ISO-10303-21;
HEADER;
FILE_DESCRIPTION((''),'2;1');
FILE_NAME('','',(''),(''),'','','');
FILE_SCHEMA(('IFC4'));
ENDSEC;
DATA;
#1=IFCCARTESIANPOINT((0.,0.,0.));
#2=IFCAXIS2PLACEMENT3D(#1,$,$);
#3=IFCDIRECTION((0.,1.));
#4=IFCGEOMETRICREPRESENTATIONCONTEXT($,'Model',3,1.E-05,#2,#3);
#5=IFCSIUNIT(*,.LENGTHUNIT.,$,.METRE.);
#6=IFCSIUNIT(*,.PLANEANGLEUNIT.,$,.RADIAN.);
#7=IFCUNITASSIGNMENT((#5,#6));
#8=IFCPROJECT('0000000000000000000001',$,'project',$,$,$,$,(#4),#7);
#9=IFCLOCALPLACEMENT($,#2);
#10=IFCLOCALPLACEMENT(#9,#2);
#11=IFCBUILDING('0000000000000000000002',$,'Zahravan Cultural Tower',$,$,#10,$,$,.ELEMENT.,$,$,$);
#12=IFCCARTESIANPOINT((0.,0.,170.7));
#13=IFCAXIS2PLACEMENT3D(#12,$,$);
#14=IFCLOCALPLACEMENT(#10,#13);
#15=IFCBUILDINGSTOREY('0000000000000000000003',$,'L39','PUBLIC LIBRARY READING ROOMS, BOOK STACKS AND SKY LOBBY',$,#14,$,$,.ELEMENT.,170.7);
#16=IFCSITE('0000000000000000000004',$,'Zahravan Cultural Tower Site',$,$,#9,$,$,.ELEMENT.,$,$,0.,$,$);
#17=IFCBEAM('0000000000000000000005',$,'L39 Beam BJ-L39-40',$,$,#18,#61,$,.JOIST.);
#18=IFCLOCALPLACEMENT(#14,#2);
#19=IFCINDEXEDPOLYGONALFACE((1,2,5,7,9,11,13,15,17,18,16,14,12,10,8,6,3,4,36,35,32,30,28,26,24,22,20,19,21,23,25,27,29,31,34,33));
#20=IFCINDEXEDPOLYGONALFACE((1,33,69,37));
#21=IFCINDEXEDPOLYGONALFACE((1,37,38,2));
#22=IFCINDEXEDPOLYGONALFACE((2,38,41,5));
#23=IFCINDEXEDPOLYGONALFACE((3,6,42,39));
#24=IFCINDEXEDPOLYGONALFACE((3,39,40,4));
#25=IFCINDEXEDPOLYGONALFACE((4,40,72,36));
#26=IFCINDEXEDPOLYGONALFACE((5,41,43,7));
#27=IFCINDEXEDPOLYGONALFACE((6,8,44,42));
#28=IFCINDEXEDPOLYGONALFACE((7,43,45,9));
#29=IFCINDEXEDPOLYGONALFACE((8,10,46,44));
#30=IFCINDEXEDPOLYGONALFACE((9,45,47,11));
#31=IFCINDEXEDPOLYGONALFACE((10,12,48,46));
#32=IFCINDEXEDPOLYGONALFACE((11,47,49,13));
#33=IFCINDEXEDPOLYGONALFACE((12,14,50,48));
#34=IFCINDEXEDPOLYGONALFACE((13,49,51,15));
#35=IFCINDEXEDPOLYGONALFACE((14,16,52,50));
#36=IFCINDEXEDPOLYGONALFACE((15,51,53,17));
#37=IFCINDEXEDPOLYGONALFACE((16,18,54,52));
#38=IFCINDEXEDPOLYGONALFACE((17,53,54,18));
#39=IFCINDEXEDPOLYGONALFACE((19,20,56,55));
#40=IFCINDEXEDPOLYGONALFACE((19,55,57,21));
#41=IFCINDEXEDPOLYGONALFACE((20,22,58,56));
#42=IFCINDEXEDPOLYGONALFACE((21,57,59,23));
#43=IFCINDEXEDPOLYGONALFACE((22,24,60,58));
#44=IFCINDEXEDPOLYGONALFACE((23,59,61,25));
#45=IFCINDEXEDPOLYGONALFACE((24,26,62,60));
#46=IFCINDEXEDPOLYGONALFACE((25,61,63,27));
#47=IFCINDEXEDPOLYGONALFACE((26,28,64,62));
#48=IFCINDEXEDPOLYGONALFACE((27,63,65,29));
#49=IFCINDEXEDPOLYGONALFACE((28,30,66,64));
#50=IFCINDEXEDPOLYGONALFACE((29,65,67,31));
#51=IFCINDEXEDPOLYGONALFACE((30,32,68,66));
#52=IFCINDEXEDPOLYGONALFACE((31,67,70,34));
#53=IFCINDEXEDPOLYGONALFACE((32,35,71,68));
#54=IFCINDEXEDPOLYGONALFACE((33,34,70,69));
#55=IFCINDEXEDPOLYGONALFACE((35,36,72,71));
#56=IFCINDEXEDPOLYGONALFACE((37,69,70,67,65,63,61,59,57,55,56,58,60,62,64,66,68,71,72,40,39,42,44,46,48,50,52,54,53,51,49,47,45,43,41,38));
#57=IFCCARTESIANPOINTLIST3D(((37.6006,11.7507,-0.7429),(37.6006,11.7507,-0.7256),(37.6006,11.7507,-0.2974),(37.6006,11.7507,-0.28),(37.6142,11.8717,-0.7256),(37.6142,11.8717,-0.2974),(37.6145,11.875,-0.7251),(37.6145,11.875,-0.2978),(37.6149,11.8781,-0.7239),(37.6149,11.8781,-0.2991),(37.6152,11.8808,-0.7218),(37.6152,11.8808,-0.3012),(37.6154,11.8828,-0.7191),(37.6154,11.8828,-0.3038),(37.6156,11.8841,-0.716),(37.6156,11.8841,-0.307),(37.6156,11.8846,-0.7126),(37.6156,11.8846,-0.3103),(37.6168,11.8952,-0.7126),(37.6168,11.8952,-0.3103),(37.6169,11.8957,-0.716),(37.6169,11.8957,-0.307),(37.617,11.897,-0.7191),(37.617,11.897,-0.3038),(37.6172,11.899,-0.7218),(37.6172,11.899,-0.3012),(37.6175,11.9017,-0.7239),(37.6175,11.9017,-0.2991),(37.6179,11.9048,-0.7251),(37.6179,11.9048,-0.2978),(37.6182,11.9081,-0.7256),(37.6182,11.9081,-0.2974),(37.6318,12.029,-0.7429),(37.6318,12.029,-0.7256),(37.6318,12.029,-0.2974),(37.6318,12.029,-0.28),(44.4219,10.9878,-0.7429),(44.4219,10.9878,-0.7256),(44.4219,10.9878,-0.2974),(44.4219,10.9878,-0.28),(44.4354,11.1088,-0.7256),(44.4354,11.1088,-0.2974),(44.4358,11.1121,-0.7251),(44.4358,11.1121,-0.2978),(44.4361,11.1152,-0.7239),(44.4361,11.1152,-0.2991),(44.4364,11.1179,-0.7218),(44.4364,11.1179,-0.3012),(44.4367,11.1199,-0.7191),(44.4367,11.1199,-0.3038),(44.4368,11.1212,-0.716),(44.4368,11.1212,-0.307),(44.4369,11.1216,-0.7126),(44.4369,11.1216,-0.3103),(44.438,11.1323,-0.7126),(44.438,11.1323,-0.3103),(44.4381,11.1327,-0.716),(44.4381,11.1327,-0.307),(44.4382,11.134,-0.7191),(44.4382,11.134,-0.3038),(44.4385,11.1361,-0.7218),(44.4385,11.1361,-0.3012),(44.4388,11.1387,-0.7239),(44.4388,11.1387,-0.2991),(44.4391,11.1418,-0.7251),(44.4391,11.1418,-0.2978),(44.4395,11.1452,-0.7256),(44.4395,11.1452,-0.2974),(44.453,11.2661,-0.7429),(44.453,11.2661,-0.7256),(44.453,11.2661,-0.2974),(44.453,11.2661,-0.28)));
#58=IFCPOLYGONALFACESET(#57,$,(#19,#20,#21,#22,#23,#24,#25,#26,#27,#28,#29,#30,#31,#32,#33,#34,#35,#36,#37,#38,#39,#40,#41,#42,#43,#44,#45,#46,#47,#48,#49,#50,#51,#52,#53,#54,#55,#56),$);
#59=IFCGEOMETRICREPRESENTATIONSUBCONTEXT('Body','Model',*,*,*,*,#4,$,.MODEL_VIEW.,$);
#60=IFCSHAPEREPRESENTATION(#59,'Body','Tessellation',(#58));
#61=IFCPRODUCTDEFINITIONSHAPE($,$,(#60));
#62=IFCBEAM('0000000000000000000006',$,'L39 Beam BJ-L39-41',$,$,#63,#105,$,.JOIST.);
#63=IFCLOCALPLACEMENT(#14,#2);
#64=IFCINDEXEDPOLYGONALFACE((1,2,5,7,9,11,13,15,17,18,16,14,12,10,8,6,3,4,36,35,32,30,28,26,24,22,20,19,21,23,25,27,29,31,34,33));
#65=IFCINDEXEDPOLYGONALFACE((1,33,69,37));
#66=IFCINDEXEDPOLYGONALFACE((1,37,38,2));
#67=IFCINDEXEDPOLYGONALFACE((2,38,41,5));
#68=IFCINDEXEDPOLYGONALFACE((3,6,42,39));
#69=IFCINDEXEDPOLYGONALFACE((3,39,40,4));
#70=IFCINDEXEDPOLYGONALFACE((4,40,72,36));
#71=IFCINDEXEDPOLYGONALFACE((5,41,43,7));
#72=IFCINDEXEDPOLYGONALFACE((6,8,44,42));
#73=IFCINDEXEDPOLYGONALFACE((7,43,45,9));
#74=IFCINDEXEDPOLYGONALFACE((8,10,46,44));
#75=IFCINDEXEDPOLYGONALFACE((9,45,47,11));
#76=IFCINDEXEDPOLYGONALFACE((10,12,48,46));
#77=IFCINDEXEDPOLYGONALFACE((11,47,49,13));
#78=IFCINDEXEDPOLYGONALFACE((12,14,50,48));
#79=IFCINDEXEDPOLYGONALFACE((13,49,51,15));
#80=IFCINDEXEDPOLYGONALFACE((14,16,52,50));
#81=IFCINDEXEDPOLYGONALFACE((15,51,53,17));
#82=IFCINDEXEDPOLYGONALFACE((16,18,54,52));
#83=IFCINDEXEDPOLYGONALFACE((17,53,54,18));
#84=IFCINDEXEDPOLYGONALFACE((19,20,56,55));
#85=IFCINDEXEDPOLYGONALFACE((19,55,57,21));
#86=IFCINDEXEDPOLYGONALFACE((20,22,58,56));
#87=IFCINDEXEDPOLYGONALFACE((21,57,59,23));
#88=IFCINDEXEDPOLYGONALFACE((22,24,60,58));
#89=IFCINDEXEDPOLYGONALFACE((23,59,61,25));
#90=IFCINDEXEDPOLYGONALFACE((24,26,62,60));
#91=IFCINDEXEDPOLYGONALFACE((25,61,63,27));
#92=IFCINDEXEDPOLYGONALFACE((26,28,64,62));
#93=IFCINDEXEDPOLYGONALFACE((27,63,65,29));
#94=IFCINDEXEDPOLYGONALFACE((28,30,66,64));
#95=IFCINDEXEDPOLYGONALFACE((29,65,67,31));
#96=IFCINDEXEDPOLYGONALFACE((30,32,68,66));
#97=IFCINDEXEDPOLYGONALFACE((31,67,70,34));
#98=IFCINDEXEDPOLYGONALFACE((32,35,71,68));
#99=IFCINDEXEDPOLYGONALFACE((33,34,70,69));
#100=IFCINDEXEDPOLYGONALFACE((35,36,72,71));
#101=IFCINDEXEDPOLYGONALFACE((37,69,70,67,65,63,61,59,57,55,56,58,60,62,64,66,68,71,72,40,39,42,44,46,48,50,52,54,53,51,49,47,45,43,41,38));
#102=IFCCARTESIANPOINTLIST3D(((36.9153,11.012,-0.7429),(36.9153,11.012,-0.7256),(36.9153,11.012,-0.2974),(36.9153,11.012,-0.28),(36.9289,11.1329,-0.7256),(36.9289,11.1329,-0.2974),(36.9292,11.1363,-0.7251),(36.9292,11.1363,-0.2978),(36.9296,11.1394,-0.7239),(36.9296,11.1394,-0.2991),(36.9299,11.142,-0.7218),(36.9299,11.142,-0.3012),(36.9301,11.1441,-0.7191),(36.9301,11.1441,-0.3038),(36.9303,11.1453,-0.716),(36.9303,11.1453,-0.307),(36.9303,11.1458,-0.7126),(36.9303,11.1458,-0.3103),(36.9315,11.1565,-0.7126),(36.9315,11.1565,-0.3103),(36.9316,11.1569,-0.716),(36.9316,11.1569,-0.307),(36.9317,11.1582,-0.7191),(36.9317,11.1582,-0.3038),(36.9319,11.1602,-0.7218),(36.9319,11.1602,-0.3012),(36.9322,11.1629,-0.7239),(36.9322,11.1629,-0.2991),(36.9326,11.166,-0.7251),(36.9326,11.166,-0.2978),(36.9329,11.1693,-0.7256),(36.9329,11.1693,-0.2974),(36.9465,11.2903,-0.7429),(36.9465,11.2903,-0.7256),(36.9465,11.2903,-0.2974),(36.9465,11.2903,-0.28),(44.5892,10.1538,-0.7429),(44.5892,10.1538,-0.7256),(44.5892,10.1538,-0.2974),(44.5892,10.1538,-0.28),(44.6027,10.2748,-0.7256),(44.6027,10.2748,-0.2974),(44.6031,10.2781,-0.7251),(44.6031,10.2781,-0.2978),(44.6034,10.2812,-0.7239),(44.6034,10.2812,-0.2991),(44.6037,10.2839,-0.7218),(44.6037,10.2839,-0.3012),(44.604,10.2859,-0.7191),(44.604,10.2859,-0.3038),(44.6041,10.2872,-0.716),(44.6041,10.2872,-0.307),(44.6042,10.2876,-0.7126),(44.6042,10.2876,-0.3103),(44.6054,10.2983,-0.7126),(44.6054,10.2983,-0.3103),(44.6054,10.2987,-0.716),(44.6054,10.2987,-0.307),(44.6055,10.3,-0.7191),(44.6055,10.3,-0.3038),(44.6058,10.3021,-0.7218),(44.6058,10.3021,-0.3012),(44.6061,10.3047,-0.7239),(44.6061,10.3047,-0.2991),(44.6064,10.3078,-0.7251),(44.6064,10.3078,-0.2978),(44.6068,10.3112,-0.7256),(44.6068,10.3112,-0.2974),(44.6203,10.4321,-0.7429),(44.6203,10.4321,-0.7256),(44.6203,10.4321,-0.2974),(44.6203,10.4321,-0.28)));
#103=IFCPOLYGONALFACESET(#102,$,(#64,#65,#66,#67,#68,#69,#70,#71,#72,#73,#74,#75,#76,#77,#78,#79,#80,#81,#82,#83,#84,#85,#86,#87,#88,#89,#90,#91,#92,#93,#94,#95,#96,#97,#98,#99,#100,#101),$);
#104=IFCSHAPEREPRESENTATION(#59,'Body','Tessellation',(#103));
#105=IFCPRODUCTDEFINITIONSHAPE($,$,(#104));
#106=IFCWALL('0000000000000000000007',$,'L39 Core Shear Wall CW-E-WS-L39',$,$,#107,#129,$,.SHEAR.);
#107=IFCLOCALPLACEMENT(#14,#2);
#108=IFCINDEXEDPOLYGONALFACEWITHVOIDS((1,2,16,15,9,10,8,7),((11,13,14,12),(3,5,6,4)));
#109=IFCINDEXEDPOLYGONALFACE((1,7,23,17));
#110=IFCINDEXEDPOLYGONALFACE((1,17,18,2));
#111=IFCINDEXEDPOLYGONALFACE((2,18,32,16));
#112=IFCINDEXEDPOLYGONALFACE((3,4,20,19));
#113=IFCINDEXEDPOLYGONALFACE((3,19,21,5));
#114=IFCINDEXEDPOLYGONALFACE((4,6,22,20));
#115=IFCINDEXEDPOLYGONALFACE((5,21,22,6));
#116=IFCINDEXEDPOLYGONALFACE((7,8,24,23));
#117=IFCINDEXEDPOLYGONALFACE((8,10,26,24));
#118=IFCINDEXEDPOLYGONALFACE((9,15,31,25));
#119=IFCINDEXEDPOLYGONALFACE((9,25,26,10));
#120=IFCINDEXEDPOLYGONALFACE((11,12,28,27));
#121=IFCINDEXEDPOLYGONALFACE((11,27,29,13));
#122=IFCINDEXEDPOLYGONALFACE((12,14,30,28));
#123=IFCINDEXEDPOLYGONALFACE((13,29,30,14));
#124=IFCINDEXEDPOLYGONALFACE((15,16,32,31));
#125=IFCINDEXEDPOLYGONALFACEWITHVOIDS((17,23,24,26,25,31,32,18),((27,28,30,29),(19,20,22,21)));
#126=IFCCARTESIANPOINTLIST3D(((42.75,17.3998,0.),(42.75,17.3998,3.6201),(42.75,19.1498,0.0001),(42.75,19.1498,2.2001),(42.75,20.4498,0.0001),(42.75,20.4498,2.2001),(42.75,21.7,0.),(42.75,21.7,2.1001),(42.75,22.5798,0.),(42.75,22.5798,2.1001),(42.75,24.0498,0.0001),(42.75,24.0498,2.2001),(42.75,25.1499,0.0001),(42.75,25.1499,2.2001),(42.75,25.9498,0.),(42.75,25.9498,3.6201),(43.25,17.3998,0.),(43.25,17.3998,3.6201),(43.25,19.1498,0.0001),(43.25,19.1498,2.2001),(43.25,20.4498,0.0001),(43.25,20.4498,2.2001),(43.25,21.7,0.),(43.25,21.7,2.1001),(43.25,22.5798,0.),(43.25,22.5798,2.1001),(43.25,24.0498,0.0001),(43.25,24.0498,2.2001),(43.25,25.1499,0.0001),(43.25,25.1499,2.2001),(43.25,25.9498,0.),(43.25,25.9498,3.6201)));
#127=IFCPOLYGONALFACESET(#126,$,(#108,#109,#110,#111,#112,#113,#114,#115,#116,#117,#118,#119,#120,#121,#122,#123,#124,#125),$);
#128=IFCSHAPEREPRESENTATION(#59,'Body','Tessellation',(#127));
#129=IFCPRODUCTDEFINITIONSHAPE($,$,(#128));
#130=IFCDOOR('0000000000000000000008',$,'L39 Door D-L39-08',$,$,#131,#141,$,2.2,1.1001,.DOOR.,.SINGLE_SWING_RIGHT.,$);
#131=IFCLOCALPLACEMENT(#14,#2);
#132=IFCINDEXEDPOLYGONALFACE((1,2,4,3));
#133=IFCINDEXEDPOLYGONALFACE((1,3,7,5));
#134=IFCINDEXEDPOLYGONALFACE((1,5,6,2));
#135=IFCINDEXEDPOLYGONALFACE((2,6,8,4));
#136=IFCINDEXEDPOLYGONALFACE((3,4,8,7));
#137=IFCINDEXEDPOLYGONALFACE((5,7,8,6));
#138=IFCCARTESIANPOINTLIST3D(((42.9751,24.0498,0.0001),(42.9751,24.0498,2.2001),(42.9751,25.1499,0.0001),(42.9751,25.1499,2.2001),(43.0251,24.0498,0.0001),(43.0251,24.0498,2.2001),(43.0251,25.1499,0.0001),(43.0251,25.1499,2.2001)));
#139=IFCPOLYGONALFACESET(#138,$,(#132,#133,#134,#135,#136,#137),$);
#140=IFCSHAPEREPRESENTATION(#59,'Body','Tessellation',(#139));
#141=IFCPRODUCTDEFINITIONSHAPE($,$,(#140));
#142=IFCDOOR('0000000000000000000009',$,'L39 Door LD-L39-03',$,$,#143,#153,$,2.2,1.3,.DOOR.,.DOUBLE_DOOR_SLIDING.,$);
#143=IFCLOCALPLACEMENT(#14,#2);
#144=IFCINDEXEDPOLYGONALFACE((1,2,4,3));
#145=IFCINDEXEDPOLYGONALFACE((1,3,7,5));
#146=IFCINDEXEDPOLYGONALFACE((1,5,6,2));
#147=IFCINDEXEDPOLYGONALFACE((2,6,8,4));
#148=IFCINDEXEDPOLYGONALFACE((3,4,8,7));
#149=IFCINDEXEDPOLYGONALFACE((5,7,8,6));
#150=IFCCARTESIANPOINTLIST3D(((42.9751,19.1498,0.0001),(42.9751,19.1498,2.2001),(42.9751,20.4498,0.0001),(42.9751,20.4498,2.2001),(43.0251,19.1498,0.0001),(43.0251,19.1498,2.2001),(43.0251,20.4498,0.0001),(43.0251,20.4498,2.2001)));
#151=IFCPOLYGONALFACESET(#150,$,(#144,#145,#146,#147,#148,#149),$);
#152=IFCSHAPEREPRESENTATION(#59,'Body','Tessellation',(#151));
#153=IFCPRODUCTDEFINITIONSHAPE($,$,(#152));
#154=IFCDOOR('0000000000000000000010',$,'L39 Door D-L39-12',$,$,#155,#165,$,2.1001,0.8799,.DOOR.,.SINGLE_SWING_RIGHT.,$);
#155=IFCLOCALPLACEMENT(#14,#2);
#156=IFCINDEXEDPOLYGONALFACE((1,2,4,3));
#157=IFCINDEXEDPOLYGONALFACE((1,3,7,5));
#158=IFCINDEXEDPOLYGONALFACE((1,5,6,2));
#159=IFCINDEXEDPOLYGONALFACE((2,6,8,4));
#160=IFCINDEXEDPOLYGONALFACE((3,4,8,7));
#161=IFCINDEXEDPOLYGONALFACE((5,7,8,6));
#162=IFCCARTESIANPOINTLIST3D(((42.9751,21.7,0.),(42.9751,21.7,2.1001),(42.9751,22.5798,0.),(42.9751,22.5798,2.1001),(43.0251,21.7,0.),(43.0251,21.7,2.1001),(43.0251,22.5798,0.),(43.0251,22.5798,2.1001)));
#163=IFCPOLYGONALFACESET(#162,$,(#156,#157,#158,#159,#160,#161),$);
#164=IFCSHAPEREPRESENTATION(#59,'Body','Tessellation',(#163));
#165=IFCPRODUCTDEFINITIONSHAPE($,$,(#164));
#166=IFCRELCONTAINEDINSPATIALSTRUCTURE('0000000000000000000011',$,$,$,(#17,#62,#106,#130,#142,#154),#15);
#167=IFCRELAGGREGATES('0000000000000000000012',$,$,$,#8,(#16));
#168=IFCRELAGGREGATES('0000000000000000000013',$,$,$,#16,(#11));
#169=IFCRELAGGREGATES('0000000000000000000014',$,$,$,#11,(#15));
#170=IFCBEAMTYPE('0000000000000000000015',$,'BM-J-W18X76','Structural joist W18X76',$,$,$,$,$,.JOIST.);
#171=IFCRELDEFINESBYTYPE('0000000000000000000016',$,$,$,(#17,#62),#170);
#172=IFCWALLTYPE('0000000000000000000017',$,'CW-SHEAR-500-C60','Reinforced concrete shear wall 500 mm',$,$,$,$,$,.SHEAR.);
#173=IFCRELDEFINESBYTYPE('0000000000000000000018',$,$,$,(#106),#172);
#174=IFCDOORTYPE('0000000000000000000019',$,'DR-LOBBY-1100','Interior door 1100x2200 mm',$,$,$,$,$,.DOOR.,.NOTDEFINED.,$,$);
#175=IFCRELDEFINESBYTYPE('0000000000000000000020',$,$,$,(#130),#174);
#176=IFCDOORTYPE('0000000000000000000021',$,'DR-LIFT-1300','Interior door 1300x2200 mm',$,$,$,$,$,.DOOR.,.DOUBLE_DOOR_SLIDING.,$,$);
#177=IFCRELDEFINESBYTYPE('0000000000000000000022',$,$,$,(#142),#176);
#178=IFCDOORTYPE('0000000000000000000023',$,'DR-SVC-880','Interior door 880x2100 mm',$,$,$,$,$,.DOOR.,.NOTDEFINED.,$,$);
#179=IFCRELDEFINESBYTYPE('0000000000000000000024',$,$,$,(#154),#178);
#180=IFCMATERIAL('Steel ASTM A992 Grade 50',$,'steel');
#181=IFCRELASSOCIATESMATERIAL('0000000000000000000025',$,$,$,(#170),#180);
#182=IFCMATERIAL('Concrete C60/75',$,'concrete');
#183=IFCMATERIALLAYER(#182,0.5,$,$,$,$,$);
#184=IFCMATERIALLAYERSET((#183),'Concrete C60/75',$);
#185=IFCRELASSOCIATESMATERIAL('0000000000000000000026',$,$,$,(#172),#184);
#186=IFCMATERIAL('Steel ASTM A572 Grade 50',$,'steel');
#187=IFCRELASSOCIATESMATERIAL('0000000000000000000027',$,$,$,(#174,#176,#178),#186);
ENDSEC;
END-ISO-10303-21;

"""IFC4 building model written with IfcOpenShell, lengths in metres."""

from ifc_helpers import new_model, si_unit, direction, frame, frame_2d, origin, origin_2d, place, context, subcontext, project, spatial, rectangle, i_section, extrude, source, transform, mapped, material, layer, layer_set, material_profile, profile_set, type_object, element, fill, save


model = new_model("IFC4")

# Units and contexts
model_context = context("Model", 3, precision=1e-05, world=origin(), true_north=direction((0.0, 1.0)))
body_context = subcontext(model_context, "Body", "Model", "MODEL_VIEW")
ifc_project = project(units=[si_unit("LENGTHUNIT", "METRE"), si_unit("PLANEANGLEUNIT", "RADIAN")], contexts=[model_context])

# Site, building, storey
site_placement = place(None, origin())
site = spatial("IfcSite", under=ifc_project, at=site_placement, Name="Zahravan Cultural Tower Site", CompositionType="ELEMENT", RefElevation=0.0)
building_placement = place(site_placement, origin())
building = spatial("IfcBuilding", under=site, at=building_placement, Name="Zahravan Cultural Tower", CompositionType="ELEMENT")
storey_placement = place(building_placement, frame((0.0, 0.0, 170.7)))
storey = spatial("IfcBuildingStorey", under=building, at=storey_placement, Name="L39", Description="PUBLIC LIBRARY READING ROOMS, BOOK STACKS AND SKY LOBBY", CompositionType="ELEMENT", Elevation=170.7)

# Shared definitions
ifc_material_1 = material(Name="Steel ASTM A992 Grade 50", Category="steel")

# Beams
ifc_material_profile_1 = material_profile(ifc_material_1, i_section(OverallWidth=0.28, OverallDepth=0.4629, WebThickness=0.0107, FlangeThickness=0.0173, FilletRadius=0.0129, at=origin_2d()), Name="W18X76")
ifc_profile_set_1 = profile_set([ifc_material_profile_1], Name="Steel ASTM A992 Grade 50")
beam_type_1 = type_object("IfcBeamType", Name="BM-J-W18X76", Description="Structural joist W18X76", PredefinedType="JOIST", material=ifc_profile_set_1)
shared_shape_1 = source(origin(), body_context, "Body", "SweptSolid", [
    extrude(i_section(OverallWidth=0.28, OverallDepth=0.4629, WebThickness=0.0107, FlangeThickness=0.0173, FilletRadius=0.0129, at=origin_2d()), origin(), (0.0, 0.0, 1.0), 6.8638),
])
beam_1_placement = place(storey_placement, frame((37.6162, 11.8899, -0.5115), z_axis=(0.993803, -0.111154, 0.0), x_axis=(0.111154, 0.993803, 0.0)))
element("IfcBeam", 1, at=beam_1_placement, inside=storey, type_object=beam_type_1, Name="L39 Beam BJ-L39-40", PredefinedType="JOIST", context=body_context, shape_type="MappedRepresentation", body=[
    mapped(shared_shape_1, transform((0.0, 0.0, 0.0), x_axis=(1.0, 0.0, 0.0), y_axis=(0.0, 1.0, 0.0), z_axis=(0.0, 0.0, 1.0), scale=1.0)),
])
shared_shape_2 = source(origin(), body_context, "Body", "SweptSolid", [
    extrude(i_section(OverallWidth=0.28, OverallDepth=0.4629, WebThickness=0.0107, FlangeThickness=0.0173, FilletRadius=0.0129, at=origin_2d()), origin(), (0.0, 0.0, 1.0), 7.7217),
])
beam_2_placement = place(storey_placement, frame((36.9309, 11.1511, -0.5115), z_axis=(0.993805, -0.111136, 0.0), x_axis=(0.111136, 0.993805, 0.0)))
element("IfcBeam", 2, at=beam_2_placement, inside=storey, type_object=beam_type_1, Name="L39 Beam BJ-L39-41", PredefinedType="JOIST", context=body_context, shape_type="MappedRepresentation", body=[
    mapped(shared_shape_2, transform((0.0, 0.0, 0.0), x_axis=(1.0, 0.0, 0.0), y_axis=(0.0, 1.0, 0.0), z_axis=(0.0, 0.0, 1.0), scale=1.0)),
])

# Wall, openings, doors
ifc_material_2 = material(Name="Concrete C60/75", Category="concrete")
ifc_layer_1 = layer(ifc_material_2, 0.5)
ifc_layer_set_1 = layer_set([ifc_layer_1], Name="Concrete C60/75")
wall_type_1 = type_object("IfcWallType", Name="CW-SHEAR-500-C60", Description="Reinforced concrete shear wall 500 mm", PredefinedType="SHEAR", material=ifc_layer_set_1)
wall_1_placement = place(storey_placement, frame((43.0, 17.3999, 0.0), z_axis=(0.0, 0.0, 1.0), x_axis=(0.0, 1.0, 0.0)))
wall_1 = element("IfcWall", 3, at=wall_1_placement, inside=storey, type_object=wall_type_1, Name="L39 Core Shear Wall CW-E-WS-L39", PredefinedType="SHEAR", context=body_context, shape_type="SweptSolid", body=[
    extrude(rectangle(XDim=8.55, YDim=0.5, at=frame_2d((4.2749, 0.0))), origin(), (0.0, 0.0, 1.0), 3.6201),
])
opening_1_placement = place(wall_1_placement, frame((6.6499, 0.0, 0.0)))
opening_1 = element("IfcOpeningElement", 4, at=opening_1_placement, cuts=wall_1, PredefinedType="OPENING", context=body_context, shape_type="SweptSolid", body=[
    extrude(rectangle(XDim=1.1001, YDim=2.2, at=frame_2d((0.55, 1.1001))), frame((0.0, 0.26, 0.0), z_axis=(0.0, -1.0, 0.0), x_axis=(1.0, 0.0, 0.0)), (0.0, 0.0, 1.0), 0.52),
])
opening_2_placement = place(wall_1_placement, frame((1.75, 0.0, 0.0)))
opening_2 = element("IfcOpeningElement", 5, at=opening_2_placement, cuts=wall_1, PredefinedType="OPENING", context=body_context, shape_type="SweptSolid", body=[
    extrude(rectangle(XDim=1.3, YDim=2.2, at=frame_2d((0.6499, 1.1001))), frame((0.0, 0.26, 0.0), z_axis=(0.0, -1.0, 0.0), x_axis=(1.0, 0.0, 0.0)), (0.0, 0.0, 1.0), 0.52),
])
opening_3_placement = place(wall_1_placement, frame((4.3, 0.0, 0.0)))
opening_3 = element("IfcOpeningElement", 6, at=opening_3_placement, cuts=wall_1, PredefinedType="OPENING", context=body_context, shape_type="SweptSolid", body=[
    extrude(rectangle(XDim=0.8799, YDim=2.1001, at=frame_2d((0.4399, 1.05))), frame((0.0, 0.26, 0.0), z_axis=(0.0, -1.0, 0.0), x_axis=(1.0, 0.0, 0.0)), (0.0, 0.0, 1.0), 0.52),
])
ifc_material_3 = material(Name="Steel ASTM A572 Grade 50", Category="steel")
door_type_1 = type_object("IfcDoorType", Name="DR-LOBBY-1100", Description="Interior door 1100x2200 mm", OperationType="NOTDEFINED", PredefinedType="DOOR", material=ifc_material_3)
shared_shape_3 = source(origin(), body_context, "Body", "SweptSolid", [
    extrude(rectangle(XDim=1.1001, YDim=2.2, at=frame_2d((0.55, 1.1001))), frame((0.0, 0.0249, 0.0), z_axis=(0.0, -1.0, 0.0), x_axis=(1.0, 0.0, 0.0)), (0.0, 0.0, 1.0), 0.05),
])
door_1_placement = place(opening_1_placement, origin())
door_1 = element("IfcDoor", 7, at=door_1_placement, inside=storey, type_object=door_type_1, Name="L39 Door D-L39-08", OperationType="SINGLE_SWING_RIGHT", OverallHeight=2.2, OverallWidth=1.1001, PredefinedType="DOOR", context=body_context, shape_type="MappedRepresentation", body=[
    mapped(shared_shape_3, transform((0.0, 0.0, 0.0), x_axis=(1.0, 0.0, 0.0), y_axis=(0.0, 1.0, 0.0), z_axis=(0.0, 0.0, 1.0), scale=1.0)),
])
fill(opening_1, door_1)
door_type_2 = type_object("IfcDoorType", Name="DR-LIFT-1300", Description="Interior door 1300x2200 mm", OperationType="DOUBLE_DOOR_SLIDING", PredefinedType="DOOR", material=ifc_material_3)
shared_shape_4 = source(origin(), body_context, "Body", "SweptSolid", [
    extrude(rectangle(XDim=1.3, YDim=2.2, at=frame_2d((0.6499, 1.1001))), frame((0.0, 0.0249, 0.0), z_axis=(0.0, -1.0, 0.0), x_axis=(1.0, 0.0, 0.0)), (0.0, 0.0, 1.0), 0.05),
])
door_2_placement = place(opening_2_placement, origin())
door_2 = element("IfcDoor", 8, at=door_2_placement, inside=storey, type_object=door_type_2, Name="L39 Door LD-L39-03", OperationType="DOUBLE_DOOR_SLIDING", OverallHeight=2.2, OverallWidth=1.3, PredefinedType="DOOR", context=body_context, shape_type="MappedRepresentation", body=[
    mapped(shared_shape_4, transform((0.0, 0.0, 0.0), x_axis=(1.0, 0.0, 0.0), y_axis=(0.0, 1.0, 0.0), z_axis=(0.0, 0.0, 1.0), scale=1.0)),
])
fill(opening_2, door_2)
door_type_3 = type_object("IfcDoorType", Name="DR-SVC-880", Description="Interior door 880x2100 mm", OperationType="NOTDEFINED", PredefinedType="DOOR", material=ifc_material_3)
shared_shape_5 = source(origin(), body_context, "Body", "SweptSolid", [
    extrude(rectangle(XDim=0.8799, YDim=2.1001, at=frame_2d((0.4399, 1.05))), frame((0.0, 0.0249, 0.0), z_axis=(0.0, -1.0, 0.0), x_axis=(1.0, 0.0, 0.0)), (0.0, 0.0, 1.0), 0.05),
])
door_3_placement = place(opening_3_placement, origin())
door_3 = element("IfcDoor", 9, at=door_3_placement, inside=storey, type_object=door_type_3, Name="L39 Door D-L39-12", OperationType="SINGLE_SWING_RIGHT", OverallHeight=2.1001, OverallWidth=0.8799, PredefinedType="DOOR", context=body_context, shape_type="MappedRepresentation", body=[
    mapped(shared_shape_5, transform((0.0, 0.0, 0.0), x_axis=(1.0, 0.0, 0.0), y_axis=(0.0, 1.0, 0.0), z_axis=(0.0, 0.0, 1.0), scale=1.0)),
])
fill(opening_3, door_3)

save(model, "model.ifc")
